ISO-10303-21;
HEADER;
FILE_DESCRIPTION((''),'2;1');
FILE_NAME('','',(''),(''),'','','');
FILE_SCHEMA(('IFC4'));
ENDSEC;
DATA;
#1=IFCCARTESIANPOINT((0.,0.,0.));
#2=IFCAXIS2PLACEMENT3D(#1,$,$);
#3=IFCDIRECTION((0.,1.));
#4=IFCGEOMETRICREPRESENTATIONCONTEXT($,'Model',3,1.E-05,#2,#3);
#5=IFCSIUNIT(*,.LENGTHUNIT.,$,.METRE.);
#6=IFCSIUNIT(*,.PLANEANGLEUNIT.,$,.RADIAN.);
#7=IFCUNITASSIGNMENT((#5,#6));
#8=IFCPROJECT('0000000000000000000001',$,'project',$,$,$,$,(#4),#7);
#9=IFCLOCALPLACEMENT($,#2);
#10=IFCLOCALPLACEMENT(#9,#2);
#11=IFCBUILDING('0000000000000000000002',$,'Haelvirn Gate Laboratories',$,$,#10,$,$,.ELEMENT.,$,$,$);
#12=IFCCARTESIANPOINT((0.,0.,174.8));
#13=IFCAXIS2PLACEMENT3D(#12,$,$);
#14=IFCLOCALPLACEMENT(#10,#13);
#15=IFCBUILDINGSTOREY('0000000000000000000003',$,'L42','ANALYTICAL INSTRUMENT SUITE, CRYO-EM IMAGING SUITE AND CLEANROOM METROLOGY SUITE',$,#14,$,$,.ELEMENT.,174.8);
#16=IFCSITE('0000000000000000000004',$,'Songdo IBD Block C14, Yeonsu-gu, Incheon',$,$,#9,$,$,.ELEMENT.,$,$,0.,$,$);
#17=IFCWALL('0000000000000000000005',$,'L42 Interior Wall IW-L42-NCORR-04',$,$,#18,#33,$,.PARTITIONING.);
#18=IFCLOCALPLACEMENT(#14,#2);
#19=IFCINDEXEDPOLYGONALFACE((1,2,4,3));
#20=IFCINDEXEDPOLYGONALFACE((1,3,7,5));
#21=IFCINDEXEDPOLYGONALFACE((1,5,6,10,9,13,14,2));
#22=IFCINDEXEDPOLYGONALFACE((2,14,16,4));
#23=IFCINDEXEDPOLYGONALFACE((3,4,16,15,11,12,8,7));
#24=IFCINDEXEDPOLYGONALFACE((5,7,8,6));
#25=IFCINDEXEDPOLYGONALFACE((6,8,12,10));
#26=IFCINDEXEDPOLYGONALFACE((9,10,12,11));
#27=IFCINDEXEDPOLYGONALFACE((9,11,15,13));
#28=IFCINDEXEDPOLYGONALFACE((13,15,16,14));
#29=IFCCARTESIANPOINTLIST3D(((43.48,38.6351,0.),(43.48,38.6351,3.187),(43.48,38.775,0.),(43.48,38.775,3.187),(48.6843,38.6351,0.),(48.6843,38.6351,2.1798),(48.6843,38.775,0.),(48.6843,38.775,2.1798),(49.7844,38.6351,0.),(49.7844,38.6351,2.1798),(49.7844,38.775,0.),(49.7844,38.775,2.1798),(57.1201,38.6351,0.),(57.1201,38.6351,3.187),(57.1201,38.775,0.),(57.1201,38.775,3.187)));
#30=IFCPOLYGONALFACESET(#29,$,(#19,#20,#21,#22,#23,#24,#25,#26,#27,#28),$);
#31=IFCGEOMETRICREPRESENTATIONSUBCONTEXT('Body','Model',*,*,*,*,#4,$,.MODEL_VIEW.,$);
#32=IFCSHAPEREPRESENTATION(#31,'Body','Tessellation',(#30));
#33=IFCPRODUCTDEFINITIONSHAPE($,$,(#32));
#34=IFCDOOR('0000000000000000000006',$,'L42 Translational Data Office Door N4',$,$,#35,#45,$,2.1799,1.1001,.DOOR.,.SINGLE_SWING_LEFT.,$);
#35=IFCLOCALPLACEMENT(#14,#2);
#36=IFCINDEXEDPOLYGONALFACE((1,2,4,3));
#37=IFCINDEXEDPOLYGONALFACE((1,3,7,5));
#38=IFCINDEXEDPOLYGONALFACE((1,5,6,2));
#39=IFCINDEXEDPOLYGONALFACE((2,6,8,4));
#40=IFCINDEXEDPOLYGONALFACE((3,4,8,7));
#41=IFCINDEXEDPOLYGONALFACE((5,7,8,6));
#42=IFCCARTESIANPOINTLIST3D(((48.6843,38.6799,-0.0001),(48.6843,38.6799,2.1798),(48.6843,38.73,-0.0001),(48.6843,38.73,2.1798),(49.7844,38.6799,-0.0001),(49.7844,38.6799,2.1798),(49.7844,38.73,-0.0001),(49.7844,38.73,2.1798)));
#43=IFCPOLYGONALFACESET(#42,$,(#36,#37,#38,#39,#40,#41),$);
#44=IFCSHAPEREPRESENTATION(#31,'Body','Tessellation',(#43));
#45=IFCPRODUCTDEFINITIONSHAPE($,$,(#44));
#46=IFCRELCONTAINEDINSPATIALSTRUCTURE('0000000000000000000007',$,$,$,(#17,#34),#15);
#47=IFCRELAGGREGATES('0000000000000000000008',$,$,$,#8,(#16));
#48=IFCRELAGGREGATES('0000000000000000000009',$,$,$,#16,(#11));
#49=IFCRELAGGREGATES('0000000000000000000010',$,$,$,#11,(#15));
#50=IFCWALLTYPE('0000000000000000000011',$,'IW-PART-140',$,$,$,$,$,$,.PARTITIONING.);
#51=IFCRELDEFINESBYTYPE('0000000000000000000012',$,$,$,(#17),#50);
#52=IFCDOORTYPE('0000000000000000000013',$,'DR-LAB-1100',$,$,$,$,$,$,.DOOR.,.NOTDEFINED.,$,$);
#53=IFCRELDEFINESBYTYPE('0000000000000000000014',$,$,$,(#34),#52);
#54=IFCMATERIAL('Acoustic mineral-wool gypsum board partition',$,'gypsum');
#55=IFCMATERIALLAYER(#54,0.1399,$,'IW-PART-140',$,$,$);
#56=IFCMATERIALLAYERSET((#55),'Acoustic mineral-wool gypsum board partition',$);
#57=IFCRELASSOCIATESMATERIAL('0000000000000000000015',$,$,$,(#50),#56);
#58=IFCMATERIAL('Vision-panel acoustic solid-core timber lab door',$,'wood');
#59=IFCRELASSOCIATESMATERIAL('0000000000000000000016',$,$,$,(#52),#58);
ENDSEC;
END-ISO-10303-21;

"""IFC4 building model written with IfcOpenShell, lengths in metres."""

from ifc_helpers import new_model, si_unit, direction, frame, frame_2d, origin, place, context, subcontext, project, spatial, rectangle, extrude, source, transform, mapped, material, layer, layer_set, type_object, type_shapes, element, fill, save


model = new_model("IFC4")

# Units and contexts
model_context = context("Model", 3, precision=1e-05, world=origin(), true_north=direction((0.0, 1.0)))
body_context = subcontext(model_context, "Body", "Model", "MODEL_VIEW")
ifc_project = project(units=[si_unit("LENGTHUNIT", "METRE"), si_unit("PLANEANGLEUNIT", "RADIAN")], contexts=[model_context])

# Site, building, storey
site_placement = place(None, origin())
site = spatial("IfcSite", under=ifc_project, at=site_placement, Name="Songdo IBD Block C14, Yeonsu-gu, Incheon", CompositionType="ELEMENT", RefElevation=0.0)
building_placement = place(site_placement, origin())
building = spatial("IfcBuilding", under=site, at=building_placement, Name="Haelvirn Gate Laboratories", CompositionType="ELEMENT")
storey_placement = place(building_placement, frame((0.0, 0.0, 174.8)))
storey = spatial("IfcBuildingStorey", under=building, at=storey_placement, Name="L42", Description="ANALYTICAL INSTRUMENT SUITE, CRYO-EM IMAGING SUITE AND CLEANROOM METROLOGY SUITE", CompositionType="ELEMENT", Elevation=174.8)

# Wall, opening, door
ifc_material_1 = material(Name="Acoustic mineral-wool gypsum board partition", Category="gypsum")
ifc_layer_1 = layer(ifc_material_1, 0.1399, Name="IW-PART-140")
ifc_layer_set_1 = layer_set([ifc_layer_1], Name="Acoustic mineral-wool gypsum board partition")
wall_type_1 = type_object("IfcWallType", Name="IW-PART-140", PredefinedType="PARTITIONING", material=ifc_layer_set_1)
wall_1_placement = place(storey_placement, frame((43.48, 38.7051, 0.0), z_axis=(0.0, 0.0, 1.0), x_axis=(1.0, 0.0, 0.0)))
wall_1 = element("IfcWall", 1, at=wall_1_placement, inside=storey, type_object=wall_type_1, Name="L42 Interior Wall IW-L42-NCORR-04", PredefinedType="PARTITIONING", context=body_context, shape_type="SweptSolid", body=[
    extrude(rectangle(XDim=13.6401, YDim=0.1399, at=frame_2d((6.8201, 0.0))), origin(), (0.0, 0.0, 1.0), 3.187),
])
opening_placement = place(wall_1_placement, frame((5.2043, 0.0, 0.0)))
opening = element("IfcOpeningElement", 2, at=opening_placement, cuts=wall_1, PredefinedType="OPENING", context=body_context, shape_type="SweptSolid", body=[
    extrude(rectangle(XDim=1.1001, YDim=2.1799, at=frame_2d((0.55, 1.0898))), frame((0.0, 0.0801, 0.0), z_axis=(0.0, -1.0, 0.0), x_axis=(1.0, 0.0, 0.0)), (0.0, 0.0, 1.0), 0.1599),
])
ifc_material_2 = material(Name="Vision-panel acoustic solid-core timber lab door", Category="wood")
door_type = type_object("IfcDoorType", Name="DR-LAB-1100", OperationType="NOTDEFINED", PredefinedType="DOOR", material=ifc_material_2)
shared_shape_1 = source(origin(), body_context, "Body", "SweptSolid", [
    extrude(rectangle(XDim=1.1001, YDim=2.1799, at=frame_2d((0.55, 1.0898))), frame((0.0, 0.0249, 0.0), z_axis=(0.0, -1.0, 0.0), x_axis=(1.0, 0.0, 0.0)), (0.0, 0.0, 1.0), 0.05),
])
type_shapes(door_type, [shared_shape_1])
door_placement = place(opening_placement, origin())
door = element("IfcDoor", 3, at=door_placement, inside=storey, type_object=door_type, Name="L42 Translational Data Office Door N4", OperationType="SINGLE_SWING_LEFT", OverallHeight=2.1799, OverallWidth=1.1001, PredefinedType="DOOR", context=body_context, shape_type="MappedRepresentation", body=[
    mapped(shared_shape_1, transform((0.0, 0.0, 0.0), scale=1.0)),
])
fill(opening, door)

save(model, "model.ifc")
